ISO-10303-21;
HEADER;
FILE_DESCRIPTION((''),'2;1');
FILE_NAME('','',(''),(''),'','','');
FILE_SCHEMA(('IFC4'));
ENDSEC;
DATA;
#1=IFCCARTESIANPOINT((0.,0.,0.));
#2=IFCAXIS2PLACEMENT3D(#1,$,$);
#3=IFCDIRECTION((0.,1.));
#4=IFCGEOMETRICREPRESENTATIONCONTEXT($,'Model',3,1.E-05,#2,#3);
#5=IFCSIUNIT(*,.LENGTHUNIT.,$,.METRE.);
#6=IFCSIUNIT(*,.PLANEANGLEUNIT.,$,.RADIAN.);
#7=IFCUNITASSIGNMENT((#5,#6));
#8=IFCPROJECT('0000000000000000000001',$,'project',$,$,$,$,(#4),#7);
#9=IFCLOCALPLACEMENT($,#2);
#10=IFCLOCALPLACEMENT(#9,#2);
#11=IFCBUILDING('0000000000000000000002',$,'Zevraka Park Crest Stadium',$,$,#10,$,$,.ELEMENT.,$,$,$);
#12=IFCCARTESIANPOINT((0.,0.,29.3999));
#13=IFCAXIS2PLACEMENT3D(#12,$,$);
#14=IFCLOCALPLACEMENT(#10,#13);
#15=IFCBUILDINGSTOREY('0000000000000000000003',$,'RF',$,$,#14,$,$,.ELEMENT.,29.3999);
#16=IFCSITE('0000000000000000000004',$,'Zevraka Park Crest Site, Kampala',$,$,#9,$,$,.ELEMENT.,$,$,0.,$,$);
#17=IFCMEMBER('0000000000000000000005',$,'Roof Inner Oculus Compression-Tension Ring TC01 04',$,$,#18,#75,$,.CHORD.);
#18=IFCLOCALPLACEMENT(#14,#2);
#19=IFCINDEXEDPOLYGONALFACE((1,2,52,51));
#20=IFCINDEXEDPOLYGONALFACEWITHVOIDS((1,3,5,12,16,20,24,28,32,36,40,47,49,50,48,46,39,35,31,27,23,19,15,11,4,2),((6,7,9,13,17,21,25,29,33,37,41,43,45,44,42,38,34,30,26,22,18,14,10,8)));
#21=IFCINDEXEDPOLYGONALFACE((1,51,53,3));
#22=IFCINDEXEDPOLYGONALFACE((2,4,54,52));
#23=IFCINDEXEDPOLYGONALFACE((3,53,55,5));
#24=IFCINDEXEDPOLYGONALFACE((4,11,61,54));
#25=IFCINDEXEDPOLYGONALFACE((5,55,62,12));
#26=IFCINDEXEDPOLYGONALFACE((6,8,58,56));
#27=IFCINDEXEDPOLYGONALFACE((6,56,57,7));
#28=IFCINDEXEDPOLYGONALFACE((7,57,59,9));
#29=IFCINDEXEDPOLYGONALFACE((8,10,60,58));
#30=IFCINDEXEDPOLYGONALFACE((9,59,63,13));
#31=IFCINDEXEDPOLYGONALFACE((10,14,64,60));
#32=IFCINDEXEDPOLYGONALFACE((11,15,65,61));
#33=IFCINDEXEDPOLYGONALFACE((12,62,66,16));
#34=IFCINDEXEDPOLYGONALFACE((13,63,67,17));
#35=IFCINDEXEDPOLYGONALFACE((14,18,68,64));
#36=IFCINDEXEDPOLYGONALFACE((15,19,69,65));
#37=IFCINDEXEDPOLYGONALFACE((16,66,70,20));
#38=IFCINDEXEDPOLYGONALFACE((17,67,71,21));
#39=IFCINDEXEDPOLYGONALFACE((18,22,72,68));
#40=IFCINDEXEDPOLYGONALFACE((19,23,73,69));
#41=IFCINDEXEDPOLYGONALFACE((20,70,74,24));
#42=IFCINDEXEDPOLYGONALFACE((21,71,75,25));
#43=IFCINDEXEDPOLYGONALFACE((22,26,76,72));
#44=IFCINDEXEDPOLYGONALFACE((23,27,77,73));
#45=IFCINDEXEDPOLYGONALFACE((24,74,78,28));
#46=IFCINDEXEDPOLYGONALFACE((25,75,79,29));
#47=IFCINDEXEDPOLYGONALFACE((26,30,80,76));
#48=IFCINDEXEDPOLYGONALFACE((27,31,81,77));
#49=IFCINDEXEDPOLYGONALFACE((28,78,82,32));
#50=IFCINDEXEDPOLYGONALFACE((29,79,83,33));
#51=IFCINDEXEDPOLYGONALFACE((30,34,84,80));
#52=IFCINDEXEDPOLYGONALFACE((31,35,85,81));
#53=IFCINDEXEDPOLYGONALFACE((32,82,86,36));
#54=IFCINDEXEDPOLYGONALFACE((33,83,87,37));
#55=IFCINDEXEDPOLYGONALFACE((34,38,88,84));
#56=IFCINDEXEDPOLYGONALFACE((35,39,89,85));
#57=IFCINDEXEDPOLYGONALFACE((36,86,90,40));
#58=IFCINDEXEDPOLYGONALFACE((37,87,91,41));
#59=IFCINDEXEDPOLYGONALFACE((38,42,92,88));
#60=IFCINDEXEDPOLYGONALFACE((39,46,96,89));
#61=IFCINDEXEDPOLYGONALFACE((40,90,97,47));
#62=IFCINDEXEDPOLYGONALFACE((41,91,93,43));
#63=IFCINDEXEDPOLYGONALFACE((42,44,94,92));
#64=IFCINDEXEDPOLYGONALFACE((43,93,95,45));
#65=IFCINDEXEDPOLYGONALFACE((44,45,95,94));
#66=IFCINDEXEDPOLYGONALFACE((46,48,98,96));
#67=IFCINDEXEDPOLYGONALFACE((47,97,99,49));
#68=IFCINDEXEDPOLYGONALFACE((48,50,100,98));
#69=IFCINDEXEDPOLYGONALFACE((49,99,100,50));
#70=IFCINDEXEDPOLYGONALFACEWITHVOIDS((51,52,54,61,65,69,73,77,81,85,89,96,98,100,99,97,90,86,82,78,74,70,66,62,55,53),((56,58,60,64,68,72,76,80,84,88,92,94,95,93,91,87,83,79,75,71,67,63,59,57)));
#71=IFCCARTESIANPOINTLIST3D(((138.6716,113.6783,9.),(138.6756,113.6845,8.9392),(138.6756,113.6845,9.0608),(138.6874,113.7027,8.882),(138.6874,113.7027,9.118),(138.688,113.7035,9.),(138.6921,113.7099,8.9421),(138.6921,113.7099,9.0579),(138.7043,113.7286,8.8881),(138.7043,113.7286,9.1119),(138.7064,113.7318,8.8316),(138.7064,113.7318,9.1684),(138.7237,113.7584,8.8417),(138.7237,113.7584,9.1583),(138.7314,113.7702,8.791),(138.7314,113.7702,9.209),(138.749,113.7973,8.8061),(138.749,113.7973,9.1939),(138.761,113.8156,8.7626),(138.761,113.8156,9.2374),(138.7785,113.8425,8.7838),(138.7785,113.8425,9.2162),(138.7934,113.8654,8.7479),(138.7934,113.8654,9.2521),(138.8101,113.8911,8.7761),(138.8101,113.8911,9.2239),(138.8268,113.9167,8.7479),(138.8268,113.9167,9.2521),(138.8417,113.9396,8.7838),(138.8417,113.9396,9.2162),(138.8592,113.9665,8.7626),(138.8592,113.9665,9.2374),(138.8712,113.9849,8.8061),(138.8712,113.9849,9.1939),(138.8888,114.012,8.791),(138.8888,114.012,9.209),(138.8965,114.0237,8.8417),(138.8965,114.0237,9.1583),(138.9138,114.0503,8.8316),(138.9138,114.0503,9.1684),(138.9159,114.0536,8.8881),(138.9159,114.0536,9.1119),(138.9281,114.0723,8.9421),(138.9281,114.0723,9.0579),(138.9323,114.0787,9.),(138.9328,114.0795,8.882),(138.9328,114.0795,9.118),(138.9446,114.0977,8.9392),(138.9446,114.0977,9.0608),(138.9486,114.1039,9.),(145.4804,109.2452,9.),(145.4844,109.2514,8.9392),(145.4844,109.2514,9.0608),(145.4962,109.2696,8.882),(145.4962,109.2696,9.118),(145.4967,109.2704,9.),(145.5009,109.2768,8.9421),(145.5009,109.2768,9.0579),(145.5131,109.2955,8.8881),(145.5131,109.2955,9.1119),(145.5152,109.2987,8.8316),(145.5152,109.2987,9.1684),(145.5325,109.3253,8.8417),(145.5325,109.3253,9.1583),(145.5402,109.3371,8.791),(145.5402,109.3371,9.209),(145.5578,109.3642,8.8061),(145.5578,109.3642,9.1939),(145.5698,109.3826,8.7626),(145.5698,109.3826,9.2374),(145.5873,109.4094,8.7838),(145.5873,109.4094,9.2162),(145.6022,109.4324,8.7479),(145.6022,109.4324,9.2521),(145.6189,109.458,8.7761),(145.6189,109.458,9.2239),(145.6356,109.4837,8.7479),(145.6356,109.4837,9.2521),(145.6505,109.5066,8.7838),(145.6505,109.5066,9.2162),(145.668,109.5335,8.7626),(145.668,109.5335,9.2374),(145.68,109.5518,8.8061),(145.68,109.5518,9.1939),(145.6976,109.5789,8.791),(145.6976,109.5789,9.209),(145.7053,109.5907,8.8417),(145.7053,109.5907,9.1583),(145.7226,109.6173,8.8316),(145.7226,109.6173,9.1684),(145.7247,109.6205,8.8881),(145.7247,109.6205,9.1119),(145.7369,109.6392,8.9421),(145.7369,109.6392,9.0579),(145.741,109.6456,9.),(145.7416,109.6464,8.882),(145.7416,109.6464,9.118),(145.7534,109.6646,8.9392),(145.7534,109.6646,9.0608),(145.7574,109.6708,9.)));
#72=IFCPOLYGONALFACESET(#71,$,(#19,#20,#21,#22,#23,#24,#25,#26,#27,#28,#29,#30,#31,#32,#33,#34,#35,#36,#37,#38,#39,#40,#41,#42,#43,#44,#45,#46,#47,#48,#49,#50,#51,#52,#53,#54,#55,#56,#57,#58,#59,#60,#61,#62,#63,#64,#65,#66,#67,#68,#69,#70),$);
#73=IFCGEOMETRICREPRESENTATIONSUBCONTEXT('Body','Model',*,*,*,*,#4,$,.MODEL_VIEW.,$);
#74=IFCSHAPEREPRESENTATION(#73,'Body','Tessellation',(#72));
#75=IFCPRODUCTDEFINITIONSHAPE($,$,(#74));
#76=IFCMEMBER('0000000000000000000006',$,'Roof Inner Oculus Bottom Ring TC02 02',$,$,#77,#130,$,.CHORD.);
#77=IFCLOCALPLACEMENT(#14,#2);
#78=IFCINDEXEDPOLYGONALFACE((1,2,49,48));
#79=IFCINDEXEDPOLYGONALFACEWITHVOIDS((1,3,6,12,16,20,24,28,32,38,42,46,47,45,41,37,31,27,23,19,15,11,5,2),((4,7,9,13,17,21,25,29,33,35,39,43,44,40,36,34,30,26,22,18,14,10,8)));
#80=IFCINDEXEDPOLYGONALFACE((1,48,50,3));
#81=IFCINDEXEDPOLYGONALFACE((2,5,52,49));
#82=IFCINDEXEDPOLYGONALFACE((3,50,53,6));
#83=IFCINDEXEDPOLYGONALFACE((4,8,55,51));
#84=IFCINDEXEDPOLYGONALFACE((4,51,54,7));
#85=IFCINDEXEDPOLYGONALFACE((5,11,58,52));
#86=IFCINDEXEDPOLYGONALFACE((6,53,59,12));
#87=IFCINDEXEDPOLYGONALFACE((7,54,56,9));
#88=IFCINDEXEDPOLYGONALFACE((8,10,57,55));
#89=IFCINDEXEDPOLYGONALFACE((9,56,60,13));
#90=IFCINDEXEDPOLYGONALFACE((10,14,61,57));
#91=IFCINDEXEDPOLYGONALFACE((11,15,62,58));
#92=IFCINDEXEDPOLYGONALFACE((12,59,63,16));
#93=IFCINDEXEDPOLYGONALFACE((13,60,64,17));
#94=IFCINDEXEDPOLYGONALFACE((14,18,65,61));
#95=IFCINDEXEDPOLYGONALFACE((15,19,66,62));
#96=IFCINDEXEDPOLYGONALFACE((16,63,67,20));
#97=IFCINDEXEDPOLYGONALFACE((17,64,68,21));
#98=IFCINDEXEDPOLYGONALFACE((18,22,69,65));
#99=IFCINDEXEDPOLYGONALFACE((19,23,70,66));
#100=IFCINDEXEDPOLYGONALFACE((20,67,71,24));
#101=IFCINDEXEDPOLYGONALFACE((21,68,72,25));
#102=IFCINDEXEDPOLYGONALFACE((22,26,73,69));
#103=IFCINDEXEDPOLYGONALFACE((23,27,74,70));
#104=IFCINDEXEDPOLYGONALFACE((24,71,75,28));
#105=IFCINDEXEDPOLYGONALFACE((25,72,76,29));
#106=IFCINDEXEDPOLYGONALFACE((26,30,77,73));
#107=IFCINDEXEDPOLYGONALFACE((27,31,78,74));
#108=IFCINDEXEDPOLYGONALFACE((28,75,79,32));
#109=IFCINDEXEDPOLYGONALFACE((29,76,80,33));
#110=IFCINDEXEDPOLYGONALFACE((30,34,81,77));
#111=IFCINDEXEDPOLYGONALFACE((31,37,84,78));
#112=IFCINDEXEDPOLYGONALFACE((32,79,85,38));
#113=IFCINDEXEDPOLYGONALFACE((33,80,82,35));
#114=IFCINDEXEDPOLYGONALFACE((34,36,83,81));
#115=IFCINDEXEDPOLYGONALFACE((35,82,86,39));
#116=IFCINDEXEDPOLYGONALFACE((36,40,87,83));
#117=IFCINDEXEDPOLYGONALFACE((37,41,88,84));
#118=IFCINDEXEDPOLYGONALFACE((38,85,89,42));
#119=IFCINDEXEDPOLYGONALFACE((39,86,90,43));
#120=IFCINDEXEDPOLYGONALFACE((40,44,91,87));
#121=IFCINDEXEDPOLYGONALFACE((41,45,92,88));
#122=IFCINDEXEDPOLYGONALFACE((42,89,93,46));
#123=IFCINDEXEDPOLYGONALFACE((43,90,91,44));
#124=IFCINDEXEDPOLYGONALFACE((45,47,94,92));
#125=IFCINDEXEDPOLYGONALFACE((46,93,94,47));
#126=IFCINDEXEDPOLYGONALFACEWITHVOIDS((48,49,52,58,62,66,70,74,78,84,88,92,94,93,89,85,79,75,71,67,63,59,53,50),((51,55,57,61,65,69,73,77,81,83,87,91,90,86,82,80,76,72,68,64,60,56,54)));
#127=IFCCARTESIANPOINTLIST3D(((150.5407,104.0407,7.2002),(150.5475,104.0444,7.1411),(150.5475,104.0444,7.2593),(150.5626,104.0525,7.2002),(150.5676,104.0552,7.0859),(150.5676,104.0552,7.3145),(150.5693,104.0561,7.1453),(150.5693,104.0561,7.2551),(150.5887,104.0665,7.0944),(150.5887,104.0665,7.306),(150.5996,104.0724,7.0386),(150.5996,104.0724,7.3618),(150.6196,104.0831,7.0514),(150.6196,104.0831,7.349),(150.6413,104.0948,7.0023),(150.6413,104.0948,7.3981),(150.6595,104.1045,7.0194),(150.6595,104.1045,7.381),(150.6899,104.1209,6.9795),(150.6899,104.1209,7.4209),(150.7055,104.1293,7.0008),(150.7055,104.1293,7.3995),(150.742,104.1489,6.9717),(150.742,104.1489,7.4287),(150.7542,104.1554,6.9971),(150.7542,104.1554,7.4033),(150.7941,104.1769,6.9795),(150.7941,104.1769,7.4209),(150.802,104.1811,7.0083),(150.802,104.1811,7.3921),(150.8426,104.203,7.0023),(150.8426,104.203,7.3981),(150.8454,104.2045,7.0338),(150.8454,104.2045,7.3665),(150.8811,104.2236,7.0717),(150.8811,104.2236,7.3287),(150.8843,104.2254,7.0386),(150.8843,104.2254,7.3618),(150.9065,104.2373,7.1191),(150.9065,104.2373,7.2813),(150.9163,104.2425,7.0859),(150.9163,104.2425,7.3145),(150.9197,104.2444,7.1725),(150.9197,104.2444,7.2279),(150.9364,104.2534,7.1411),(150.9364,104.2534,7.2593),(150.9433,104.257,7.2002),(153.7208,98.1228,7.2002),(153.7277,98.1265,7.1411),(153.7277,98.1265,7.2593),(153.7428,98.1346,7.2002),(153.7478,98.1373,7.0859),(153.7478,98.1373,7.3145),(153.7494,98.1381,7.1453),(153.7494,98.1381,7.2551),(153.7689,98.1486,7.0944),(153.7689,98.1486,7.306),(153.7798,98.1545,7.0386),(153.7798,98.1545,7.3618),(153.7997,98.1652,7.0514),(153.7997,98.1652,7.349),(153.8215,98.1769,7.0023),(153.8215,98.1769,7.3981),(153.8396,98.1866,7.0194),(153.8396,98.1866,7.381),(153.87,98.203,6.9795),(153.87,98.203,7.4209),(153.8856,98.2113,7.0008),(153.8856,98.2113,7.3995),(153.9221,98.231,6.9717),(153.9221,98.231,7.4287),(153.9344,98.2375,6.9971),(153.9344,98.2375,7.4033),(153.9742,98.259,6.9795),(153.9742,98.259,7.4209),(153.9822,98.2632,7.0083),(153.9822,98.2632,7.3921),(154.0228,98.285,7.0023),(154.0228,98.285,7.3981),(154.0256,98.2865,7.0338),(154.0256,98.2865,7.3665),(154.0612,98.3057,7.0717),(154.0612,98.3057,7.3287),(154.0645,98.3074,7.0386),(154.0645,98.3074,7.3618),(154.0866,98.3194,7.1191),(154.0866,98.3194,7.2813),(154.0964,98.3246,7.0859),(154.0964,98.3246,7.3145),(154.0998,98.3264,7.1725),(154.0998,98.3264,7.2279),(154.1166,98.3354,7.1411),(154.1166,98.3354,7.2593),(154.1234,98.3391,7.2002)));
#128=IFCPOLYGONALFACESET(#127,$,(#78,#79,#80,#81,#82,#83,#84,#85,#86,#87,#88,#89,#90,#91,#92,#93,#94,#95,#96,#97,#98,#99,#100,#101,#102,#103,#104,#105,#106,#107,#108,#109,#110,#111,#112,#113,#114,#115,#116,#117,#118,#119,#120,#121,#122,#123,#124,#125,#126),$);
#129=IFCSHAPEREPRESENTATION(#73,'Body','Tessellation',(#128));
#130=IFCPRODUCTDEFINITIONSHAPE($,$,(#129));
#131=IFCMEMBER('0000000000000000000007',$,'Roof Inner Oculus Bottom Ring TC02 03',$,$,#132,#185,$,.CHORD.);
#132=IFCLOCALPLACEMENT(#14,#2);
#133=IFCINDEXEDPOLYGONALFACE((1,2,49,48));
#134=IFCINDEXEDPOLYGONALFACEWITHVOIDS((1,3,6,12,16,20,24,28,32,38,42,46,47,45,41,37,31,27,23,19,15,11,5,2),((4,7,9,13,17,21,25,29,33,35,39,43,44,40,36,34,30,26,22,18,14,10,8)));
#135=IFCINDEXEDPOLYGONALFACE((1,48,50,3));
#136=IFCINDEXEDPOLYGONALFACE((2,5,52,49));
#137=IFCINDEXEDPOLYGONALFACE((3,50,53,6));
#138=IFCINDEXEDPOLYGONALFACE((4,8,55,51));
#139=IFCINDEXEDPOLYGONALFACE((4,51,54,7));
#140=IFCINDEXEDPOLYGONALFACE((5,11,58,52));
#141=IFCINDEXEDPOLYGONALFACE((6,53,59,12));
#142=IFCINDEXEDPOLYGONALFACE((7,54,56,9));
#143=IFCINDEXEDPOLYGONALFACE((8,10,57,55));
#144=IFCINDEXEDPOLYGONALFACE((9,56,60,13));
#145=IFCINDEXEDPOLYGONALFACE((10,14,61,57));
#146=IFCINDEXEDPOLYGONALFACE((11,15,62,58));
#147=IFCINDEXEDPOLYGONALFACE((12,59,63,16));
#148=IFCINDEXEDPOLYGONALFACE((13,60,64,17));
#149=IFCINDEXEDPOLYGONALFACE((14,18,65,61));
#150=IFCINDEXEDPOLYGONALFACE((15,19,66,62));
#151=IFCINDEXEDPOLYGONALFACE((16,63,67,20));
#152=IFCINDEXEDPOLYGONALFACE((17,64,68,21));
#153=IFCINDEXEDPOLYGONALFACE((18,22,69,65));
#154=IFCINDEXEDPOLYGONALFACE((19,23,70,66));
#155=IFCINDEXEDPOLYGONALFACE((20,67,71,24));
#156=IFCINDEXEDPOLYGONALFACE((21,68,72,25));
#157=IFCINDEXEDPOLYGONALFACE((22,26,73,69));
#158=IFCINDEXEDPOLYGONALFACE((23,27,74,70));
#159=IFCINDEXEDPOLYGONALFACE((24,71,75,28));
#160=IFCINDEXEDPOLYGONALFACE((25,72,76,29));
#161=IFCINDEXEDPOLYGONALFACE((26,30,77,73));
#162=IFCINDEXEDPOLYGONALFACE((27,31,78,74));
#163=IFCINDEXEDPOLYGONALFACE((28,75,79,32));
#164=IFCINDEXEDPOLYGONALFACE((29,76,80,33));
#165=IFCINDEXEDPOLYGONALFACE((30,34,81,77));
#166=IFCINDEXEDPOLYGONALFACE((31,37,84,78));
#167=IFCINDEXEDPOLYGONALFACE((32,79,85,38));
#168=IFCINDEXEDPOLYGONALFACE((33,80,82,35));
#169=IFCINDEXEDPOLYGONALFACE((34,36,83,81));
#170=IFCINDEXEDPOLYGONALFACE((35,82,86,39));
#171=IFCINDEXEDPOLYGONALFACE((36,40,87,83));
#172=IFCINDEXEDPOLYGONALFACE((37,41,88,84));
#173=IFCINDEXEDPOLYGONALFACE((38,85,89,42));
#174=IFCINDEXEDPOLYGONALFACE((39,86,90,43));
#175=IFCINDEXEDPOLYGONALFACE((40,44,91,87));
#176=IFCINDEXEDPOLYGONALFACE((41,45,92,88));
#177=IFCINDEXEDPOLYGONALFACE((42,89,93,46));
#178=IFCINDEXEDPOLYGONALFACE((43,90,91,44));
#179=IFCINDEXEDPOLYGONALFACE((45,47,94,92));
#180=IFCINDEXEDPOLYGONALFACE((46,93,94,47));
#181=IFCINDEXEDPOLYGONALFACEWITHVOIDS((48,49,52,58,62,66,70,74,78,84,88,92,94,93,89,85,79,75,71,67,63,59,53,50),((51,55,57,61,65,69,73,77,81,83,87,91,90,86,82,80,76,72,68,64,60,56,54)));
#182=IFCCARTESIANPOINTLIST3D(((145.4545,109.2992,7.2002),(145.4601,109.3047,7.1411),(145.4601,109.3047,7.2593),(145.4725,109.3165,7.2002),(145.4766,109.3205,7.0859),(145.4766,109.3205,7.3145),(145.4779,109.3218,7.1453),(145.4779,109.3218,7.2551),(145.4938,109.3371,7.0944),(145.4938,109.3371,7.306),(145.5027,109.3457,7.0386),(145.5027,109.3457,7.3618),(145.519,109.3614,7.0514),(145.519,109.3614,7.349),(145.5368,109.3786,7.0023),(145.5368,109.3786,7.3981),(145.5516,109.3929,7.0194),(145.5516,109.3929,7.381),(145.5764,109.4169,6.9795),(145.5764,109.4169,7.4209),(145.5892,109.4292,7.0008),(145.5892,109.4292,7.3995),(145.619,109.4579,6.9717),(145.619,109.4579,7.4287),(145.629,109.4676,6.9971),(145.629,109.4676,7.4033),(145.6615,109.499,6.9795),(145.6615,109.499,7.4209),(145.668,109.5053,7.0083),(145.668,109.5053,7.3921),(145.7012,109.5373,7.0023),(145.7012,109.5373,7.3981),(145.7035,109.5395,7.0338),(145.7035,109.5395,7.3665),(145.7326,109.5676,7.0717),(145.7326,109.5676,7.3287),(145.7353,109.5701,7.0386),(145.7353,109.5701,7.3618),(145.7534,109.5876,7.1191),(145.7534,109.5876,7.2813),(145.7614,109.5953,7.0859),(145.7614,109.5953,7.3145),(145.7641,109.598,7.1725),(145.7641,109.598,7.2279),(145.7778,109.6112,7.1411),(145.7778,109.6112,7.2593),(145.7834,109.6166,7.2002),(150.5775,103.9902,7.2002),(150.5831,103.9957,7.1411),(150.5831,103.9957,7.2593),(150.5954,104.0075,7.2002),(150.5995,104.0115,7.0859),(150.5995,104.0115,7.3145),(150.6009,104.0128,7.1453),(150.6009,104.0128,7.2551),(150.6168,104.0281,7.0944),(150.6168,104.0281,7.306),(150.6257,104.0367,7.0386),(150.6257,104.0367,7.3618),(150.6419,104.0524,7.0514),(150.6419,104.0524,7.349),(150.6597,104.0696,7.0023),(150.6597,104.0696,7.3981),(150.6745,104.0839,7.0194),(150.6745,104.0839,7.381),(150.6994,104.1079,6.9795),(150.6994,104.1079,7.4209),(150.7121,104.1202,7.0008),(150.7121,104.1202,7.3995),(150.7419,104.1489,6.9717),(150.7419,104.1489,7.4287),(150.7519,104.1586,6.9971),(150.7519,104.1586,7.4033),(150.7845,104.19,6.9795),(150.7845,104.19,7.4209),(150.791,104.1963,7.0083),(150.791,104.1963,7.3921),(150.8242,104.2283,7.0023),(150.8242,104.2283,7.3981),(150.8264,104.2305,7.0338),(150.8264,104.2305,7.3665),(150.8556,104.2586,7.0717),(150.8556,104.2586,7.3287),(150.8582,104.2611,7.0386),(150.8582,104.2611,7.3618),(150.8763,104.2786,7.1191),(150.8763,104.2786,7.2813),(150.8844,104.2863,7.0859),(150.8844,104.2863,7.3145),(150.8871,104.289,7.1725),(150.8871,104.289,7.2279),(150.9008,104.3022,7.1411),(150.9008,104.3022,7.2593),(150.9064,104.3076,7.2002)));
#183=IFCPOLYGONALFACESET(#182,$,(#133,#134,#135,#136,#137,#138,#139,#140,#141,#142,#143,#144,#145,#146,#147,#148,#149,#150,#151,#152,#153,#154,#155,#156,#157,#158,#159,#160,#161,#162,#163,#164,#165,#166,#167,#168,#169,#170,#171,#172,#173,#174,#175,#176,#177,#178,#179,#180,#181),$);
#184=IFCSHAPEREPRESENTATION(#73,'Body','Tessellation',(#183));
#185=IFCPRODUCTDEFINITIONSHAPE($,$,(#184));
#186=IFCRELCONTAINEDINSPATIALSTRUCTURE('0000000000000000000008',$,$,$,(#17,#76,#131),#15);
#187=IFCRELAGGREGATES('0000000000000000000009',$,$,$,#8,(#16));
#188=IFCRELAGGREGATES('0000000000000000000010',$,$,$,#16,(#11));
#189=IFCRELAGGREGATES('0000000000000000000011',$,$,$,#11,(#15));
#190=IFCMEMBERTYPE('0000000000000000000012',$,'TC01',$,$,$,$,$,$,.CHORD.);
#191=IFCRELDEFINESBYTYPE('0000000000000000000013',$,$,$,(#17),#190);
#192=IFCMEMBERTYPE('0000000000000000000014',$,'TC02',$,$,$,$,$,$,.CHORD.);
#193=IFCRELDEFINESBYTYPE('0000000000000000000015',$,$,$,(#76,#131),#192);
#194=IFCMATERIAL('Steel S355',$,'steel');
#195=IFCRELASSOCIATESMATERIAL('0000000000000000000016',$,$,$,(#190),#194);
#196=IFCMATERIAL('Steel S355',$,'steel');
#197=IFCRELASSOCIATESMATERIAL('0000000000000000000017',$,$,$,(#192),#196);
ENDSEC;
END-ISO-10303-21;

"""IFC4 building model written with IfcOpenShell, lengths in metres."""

from ifc_helpers import new_model, si_unit, direction, frame, origin, origin_2d, place, context, subcontext, project, spatial, hollow_circle, extrude, material, material_profile, profile_set, type_object, element, save


model = new_model("IFC4")

# Units and contexts
model_context = context("Model", 3, precision=1e-05, world=origin(), true_north=direction((0.0, 1.0)))
body_context = subcontext(model_context, "Body", "Model", "MODEL_VIEW")
ifc_project = project(units=[si_unit("LENGTHUNIT", "METRE"), si_unit("PLANEANGLEUNIT", "RADIAN")], contexts=[model_context])

# Site, building, storey
site_placement = place(None, origin())
site = spatial("IfcSite", under=ifc_project, at=site_placement, Name="Zevraka Park Crest Site, Kampala", CompositionType="ELEMENT", RefElevation=0.0)
building_placement = place(site_placement, origin())
building = spatial("IfcBuilding", under=site, at=building_placement, Name="Zevraka Park Crest Stadium", CompositionType="ELEMENT")
storey_placement = place(building_placement, frame((0.0, 0.0, 29.3999)))
storey = spatial("IfcBuildingStorey", under=building, at=storey_placement, Name="RF", CompositionType="ELEMENT", Elevation=29.3999)

# Members
ifc_material_1 = material(Name="Steel S355", Category="steel")
ifc_material_profile_1 = material_profile(ifc_material_1, hollow_circle(Radius=0.2539, WallThickness=0.03, at=origin_2d()), Name="CHS 508.0x30")
ifc_profile_set_1 = profile_set([ifc_material_profile_1], Name="Steel S355")
member_type_1 = type_object("IfcMemberType", Name="TC01", PredefinedType="CHORD", material=ifc_profile_set_1)
member_1_placement = place(storey_placement, frame((145.6189, 109.458, 9.0), z_axis=(-0.838029, 0.545625, 0.0), x_axis=(-0.545625, -0.838029, 0.0)))
element("IfcMember", 1, at=member_1_placement, inside=storey, type_object=member_type_1, Name="Roof Inner Oculus Compression-Tension Ring TC01 04", PredefinedType="CHORD", context=body_context, shape_type="SweptSolid", body=[
    extrude(hollow_circle(Radius=0.2539, WallThickness=0.03, at=origin_2d()), origin(), (0.0, 0.0, 1.0), 8.1248),
])
ifc_material_2 = material(Name="Steel S355", Category="steel")
ifc_material_profile_2 = material_profile(ifc_material_2, hollow_circle(Radius=0.2285, WallThickness=0.0249, at=origin_2d()), Name="CHS 457.0x25")
ifc_profile_set_2 = profile_set([ifc_material_profile_2], Name="Steel S355")
member_type_2 = type_object("IfcMemberType", Name="TC02", PredefinedType="CHORD", material=ifc_profile_set_2)
member_2_placement = place(storey_placement, frame((153.9221, 98.231, 7.2002), z_axis=(-0.473359, 0.88087, 0.0), x_axis=(-0.88087, -0.473359, 0.0)))
element("IfcMember", 2, at=member_2_placement, inside=storey, type_object=member_type_2, Name="Roof Inner Oculus Bottom Ring TC02 02", PredefinedType="CHORD", context=body_context, shape_type="SweptSolid", body=[
    extrude(hollow_circle(Radius=0.2285, WallThickness=0.0249, at=origin_2d()), origin(), (0.0, 0.0, 1.0), 6.7183),
])
member_3_placement = place(storey_placement, frame((150.7419, 104.1489, 7.2002), z_axis=(-0.694387, 0.719602, 0.0), x_axis=(-0.719602, -0.694387, 0.0)))
element("IfcMember", 3, at=member_3_placement, inside=storey, type_object=member_type_2, Name="Roof Inner Oculus Bottom Ring TC02 03", PredefinedType="CHORD", context=body_context, shape_type="SweptSolid", body=[
    extrude(hollow_circle(Radius=0.2285, WallThickness=0.0249, at=origin_2d()), origin(), (0.0, 0.0, 1.0), 7.3777),
])

save(model, "model.ifc")
